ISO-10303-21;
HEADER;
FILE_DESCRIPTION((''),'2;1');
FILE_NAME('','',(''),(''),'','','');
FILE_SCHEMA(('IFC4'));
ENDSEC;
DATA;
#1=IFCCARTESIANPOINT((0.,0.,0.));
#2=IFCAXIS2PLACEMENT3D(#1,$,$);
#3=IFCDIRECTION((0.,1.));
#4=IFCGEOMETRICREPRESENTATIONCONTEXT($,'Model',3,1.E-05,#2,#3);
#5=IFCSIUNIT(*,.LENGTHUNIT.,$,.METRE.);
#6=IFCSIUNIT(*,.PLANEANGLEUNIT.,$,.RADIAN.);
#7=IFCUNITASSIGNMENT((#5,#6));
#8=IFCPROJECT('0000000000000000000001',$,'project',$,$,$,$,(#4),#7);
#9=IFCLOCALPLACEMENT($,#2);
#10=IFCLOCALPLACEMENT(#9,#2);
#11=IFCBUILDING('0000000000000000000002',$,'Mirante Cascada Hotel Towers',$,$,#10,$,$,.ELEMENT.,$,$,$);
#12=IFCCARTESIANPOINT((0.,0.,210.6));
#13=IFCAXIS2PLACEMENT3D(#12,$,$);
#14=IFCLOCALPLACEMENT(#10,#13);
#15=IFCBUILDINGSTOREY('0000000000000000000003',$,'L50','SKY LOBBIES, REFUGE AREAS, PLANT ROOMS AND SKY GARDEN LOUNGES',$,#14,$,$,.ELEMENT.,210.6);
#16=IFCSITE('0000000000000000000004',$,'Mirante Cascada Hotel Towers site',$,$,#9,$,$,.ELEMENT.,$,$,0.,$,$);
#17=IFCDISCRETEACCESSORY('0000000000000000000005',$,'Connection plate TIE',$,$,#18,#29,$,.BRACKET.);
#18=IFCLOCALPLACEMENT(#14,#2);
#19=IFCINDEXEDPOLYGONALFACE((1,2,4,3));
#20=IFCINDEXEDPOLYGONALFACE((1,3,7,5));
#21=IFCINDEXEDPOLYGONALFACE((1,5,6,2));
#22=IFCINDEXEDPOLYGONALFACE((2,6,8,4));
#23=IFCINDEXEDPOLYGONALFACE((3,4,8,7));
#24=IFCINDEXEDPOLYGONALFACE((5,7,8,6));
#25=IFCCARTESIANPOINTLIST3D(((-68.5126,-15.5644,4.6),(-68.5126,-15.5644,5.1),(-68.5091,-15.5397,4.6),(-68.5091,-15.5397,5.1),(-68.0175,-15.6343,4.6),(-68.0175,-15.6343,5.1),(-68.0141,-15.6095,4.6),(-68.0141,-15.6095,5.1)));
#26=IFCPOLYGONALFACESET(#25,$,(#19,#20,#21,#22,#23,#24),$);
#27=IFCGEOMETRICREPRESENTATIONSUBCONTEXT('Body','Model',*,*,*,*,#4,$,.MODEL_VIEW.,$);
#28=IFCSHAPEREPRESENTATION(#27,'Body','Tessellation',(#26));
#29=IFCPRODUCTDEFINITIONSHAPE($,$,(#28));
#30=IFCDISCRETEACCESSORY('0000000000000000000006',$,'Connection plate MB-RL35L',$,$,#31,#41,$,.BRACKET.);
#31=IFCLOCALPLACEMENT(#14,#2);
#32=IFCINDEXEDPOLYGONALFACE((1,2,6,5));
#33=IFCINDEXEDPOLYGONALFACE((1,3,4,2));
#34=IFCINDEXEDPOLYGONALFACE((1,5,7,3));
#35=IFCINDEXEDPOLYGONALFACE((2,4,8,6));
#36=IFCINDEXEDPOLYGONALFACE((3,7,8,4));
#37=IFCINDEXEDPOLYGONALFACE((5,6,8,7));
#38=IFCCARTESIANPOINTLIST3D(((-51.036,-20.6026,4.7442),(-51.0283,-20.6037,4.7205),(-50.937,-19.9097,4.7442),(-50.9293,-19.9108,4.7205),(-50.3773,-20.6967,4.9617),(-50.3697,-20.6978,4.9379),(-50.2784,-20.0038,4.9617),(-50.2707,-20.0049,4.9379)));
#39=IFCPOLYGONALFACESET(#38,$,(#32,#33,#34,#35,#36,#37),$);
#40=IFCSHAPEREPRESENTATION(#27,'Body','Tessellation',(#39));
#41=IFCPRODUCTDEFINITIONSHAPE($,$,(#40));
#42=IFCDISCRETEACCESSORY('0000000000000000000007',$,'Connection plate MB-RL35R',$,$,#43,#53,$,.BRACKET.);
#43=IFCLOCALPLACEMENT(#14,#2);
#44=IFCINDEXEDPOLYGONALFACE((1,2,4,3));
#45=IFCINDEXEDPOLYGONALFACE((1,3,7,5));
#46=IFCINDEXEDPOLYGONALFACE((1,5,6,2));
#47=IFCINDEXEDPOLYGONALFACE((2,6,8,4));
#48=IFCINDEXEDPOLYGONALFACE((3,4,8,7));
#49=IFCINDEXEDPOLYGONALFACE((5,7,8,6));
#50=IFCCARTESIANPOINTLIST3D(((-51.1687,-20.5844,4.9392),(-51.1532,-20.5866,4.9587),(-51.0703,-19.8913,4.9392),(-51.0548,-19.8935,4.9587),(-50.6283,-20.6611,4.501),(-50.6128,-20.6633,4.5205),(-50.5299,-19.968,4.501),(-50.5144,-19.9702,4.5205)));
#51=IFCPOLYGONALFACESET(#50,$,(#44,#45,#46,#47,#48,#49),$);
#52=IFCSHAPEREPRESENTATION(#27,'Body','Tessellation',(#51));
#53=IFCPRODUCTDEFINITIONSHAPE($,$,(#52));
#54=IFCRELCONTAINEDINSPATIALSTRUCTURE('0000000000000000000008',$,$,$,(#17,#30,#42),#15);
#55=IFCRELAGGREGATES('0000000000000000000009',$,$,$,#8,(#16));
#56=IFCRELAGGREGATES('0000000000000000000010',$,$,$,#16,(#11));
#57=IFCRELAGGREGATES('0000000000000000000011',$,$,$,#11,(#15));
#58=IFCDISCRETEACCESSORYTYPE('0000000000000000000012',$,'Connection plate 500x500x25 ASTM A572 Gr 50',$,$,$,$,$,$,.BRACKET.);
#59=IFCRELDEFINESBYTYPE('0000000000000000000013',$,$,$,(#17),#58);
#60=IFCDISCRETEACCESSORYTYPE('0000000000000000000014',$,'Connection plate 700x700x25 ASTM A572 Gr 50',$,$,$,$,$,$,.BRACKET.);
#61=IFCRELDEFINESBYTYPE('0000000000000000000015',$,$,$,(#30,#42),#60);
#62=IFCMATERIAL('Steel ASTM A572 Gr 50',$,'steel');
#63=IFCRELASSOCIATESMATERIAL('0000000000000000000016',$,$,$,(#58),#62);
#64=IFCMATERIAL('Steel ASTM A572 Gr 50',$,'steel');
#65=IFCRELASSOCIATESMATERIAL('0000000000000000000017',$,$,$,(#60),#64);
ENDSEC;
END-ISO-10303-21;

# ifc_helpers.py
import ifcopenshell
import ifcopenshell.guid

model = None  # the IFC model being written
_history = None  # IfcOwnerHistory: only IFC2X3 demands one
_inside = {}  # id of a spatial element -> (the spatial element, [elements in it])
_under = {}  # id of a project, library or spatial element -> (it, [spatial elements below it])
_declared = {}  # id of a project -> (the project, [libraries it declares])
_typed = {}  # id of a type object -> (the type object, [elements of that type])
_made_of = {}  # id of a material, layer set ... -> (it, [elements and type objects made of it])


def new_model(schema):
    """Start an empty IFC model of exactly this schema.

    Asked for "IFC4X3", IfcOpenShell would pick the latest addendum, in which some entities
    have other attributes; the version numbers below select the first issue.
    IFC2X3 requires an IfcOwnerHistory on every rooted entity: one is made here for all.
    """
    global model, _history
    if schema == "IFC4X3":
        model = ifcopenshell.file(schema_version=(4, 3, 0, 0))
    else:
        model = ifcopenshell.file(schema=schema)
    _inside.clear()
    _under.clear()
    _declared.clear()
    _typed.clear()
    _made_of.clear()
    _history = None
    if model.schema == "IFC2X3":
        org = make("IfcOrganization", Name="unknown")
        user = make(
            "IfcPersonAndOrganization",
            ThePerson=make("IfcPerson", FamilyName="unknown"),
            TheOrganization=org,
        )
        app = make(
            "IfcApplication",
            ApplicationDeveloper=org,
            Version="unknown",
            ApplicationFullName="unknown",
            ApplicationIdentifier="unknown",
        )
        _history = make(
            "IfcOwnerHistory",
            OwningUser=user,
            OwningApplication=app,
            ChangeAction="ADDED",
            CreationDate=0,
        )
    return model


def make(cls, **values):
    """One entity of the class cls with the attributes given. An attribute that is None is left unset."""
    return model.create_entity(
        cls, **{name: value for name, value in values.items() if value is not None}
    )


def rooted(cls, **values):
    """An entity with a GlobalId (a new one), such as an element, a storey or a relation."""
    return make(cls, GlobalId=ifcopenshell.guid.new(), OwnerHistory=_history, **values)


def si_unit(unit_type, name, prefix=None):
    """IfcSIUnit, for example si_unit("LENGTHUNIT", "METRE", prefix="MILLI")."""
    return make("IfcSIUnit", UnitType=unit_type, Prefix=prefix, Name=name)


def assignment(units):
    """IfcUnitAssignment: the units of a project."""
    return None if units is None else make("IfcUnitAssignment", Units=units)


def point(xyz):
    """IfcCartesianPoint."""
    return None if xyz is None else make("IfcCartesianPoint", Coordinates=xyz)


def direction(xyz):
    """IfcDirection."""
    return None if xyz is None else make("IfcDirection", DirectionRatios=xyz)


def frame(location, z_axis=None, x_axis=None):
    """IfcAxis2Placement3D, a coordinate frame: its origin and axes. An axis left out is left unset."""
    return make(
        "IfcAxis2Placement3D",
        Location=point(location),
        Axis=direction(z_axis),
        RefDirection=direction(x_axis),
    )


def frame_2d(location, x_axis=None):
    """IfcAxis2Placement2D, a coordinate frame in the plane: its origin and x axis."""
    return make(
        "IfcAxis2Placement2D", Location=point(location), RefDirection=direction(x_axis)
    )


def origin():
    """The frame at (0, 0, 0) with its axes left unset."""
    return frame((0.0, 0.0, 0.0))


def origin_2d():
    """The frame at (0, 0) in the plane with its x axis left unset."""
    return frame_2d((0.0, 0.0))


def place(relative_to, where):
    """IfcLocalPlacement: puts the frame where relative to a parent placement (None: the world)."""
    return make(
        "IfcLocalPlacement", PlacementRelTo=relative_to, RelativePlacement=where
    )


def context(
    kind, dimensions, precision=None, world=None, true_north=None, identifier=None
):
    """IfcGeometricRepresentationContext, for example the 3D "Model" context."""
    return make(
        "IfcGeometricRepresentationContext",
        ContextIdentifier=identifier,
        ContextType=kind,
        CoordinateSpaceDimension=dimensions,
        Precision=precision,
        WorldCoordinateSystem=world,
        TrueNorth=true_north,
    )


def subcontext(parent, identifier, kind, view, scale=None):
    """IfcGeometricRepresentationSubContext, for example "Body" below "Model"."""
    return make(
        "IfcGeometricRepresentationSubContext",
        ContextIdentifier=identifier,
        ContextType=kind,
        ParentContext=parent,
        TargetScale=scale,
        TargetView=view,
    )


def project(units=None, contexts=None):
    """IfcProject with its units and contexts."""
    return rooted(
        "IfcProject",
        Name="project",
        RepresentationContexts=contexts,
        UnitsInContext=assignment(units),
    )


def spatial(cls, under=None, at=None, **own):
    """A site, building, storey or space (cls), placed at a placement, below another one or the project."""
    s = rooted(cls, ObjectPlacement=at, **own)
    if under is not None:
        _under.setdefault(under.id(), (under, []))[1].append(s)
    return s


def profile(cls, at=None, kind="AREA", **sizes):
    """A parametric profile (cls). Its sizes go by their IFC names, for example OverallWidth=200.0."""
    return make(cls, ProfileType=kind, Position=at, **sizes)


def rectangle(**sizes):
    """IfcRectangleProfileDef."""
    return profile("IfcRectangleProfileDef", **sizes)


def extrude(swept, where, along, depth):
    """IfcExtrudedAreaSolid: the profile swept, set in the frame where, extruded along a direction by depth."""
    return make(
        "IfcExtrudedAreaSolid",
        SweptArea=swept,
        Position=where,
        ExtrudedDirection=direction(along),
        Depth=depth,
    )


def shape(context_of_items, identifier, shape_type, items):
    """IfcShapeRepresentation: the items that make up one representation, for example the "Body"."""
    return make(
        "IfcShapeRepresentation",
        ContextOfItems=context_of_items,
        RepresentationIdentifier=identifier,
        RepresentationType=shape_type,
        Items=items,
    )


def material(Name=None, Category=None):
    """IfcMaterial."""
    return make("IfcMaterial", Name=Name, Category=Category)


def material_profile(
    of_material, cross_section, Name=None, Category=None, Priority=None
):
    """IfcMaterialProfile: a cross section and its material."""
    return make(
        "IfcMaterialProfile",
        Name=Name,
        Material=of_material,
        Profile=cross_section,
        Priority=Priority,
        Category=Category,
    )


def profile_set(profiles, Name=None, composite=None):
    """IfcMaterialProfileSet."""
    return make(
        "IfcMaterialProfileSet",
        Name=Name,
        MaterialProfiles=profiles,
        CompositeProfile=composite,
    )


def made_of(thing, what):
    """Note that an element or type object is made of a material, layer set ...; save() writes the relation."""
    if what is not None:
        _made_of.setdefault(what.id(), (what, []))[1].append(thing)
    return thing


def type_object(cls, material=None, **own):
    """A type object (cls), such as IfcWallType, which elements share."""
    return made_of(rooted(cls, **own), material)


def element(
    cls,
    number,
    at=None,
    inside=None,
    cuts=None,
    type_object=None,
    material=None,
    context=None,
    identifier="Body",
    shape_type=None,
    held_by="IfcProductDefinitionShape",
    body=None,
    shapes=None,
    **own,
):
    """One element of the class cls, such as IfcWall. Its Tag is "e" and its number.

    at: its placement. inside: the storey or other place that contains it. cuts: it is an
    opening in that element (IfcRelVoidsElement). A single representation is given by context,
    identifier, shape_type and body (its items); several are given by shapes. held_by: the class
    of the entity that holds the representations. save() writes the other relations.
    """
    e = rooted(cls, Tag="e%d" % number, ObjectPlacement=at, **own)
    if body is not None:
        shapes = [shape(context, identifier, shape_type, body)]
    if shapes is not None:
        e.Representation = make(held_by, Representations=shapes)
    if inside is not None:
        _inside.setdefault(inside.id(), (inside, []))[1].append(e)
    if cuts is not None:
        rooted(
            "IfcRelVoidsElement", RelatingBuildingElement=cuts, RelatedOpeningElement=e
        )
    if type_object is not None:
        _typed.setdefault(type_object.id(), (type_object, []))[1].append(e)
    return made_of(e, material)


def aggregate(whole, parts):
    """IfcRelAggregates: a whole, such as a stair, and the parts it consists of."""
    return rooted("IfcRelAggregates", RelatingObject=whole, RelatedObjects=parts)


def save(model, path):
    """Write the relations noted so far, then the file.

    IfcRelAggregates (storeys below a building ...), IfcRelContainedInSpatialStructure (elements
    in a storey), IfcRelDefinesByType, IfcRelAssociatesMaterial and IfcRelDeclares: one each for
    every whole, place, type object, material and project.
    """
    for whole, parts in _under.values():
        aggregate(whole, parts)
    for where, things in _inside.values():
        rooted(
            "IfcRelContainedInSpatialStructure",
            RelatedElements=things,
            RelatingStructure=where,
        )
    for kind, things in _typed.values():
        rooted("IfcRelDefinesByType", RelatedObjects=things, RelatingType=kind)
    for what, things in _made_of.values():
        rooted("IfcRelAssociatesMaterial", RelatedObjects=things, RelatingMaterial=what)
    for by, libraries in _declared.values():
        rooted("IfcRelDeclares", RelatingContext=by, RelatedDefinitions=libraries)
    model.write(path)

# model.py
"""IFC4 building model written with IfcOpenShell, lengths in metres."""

from ifc_helpers import new_model, si_unit, direction, frame, origin, origin_2d, place, context, subcontext, project, spatial, rectangle, extrude, material, material_profile, profile_set, type_object, element, save


model = new_model("IFC4")

# Units and contexts
model_context = context("Model", 3, precision=1e-05, world=origin(), true_north=direction((0.0, 1.0)))
body_context = subcontext(model_context, "Body", "Model", "MODEL_VIEW")
ifc_project = project(units=[si_unit("LENGTHUNIT", "METRE"), si_unit("PLANEANGLEUNIT", "RADIAN")], contexts=[model_context])

# Site, building, storey
site_placement = place(None, origin())
site = spatial("IfcSite", under=ifc_project, at=site_placement, Name="Mirante Cascada Hotel Towers site", CompositionType="ELEMENT", RefElevation=0.0)
building_placement = place(site_placement, origin())
building = spatial("IfcBuilding", under=site, at=building_placement, Name="Mirante Cascada Hotel Towers", CompositionType="ELEMENT")
storey_placement = place(building_placement, frame((0.0, 0.0, 210.6)))
storey = spatial("IfcBuildingStorey", under=building, at=storey_placement, Name="L50", Description="SKY LOBBIES, REFUGE AREAS, PLANT ROOMS AND SKY GARDEN LOUNGES", CompositionType="ELEMENT", Elevation=210.6)

# Discrete accessories
ifc_material_1 = material(Name="Steel ASTM A572 Gr 50", Category="steel")
ifc_material_profile_1 = material_profile(ifc_material_1, rectangle(XDim=0.5, YDim=0.5, at=origin_2d()), Name="Connection plate 500x500x25 ASTM A572 Gr 50")
ifc_profile_set_1 = profile_set([ifc_material_profile_1], Name="Steel ASTM A572 Gr 50")
discrete_accessory_type_1 = type_object("IfcDiscreteAccessoryType", Name="Connection plate 500x500x25 ASTM A572 Gr 50", PredefinedType="BRACKET", material=ifc_profile_set_1)
for number, where, z_axis, x_axis, name in (
    (1, (-68.2616, -15.5746, 4.85), (-0.139744, -0.990188, 0.0), (0.990188, -0.139744, 0.0), "Connection plate TIE"),
):
    element("IfcDiscreteAccessory", number, at=place(storey_placement, frame(where, z_axis=z_axis, x_axis=x_axis)), inside=storey, type_object=discrete_accessory_type_1, Name=name, PredefinedType="BRACKET", context=body_context, shape_type="SweptSolid", body=[
        extrude(rectangle(XDim=0.5, YDim=0.5, at=origin_2d()), origin(), (0.0, 0.0, 1.0), 0.025),
    ])
ifc_material_2 = material(Name="Steel ASTM A572 Gr 50", Category="steel")
ifc_material_profile_2 = material_profile(ifc_material_2, rectangle(XDim=0.7, YDim=0.7, at=origin_2d()), Name="Connection plate 700x700x25 ASTM A572 Gr 50")
ifc_profile_set_2 = profile_set([ifc_material_profile_2], Name="Steel ASTM A572 Gr 50")
discrete_accessory_type_2 = type_object("IfcDiscreteAccessoryType", Name="Connection plate 700x700x25 ASTM A572 Gr 50", PredefinedType="BRACKET", material=ifc_profile_set_2)
for number, where, z_axis, x_axis, name in (
    (2, (-50.6495, -20.3043, 4.8292), (-0.307523, 0.043932, 0.950526), (-0.141421, -0.98995, 0.0), "Connection plate MB-RL35L"),
    (3, (-50.8493, -20.2762, 4.7201), (0.619831, -0.087976, 0.779788), (0.140527, 0.990077, 0.0), "Connection plate MB-RL35R"),
):
    element("IfcDiscreteAccessory", number, at=place(storey_placement, frame(where, z_axis=z_axis, x_axis=x_axis)), inside=storey, type_object=discrete_accessory_type_2, Name=name, PredefinedType="BRACKET", context=body_context, shape_type="SweptSolid", body=[
        extrude(rectangle(XDim=0.7, YDim=0.7, at=origin_2d()), origin(), (0.0, 0.0, 1.0), 0.025),
    ])

save(model, "model.ifc")
